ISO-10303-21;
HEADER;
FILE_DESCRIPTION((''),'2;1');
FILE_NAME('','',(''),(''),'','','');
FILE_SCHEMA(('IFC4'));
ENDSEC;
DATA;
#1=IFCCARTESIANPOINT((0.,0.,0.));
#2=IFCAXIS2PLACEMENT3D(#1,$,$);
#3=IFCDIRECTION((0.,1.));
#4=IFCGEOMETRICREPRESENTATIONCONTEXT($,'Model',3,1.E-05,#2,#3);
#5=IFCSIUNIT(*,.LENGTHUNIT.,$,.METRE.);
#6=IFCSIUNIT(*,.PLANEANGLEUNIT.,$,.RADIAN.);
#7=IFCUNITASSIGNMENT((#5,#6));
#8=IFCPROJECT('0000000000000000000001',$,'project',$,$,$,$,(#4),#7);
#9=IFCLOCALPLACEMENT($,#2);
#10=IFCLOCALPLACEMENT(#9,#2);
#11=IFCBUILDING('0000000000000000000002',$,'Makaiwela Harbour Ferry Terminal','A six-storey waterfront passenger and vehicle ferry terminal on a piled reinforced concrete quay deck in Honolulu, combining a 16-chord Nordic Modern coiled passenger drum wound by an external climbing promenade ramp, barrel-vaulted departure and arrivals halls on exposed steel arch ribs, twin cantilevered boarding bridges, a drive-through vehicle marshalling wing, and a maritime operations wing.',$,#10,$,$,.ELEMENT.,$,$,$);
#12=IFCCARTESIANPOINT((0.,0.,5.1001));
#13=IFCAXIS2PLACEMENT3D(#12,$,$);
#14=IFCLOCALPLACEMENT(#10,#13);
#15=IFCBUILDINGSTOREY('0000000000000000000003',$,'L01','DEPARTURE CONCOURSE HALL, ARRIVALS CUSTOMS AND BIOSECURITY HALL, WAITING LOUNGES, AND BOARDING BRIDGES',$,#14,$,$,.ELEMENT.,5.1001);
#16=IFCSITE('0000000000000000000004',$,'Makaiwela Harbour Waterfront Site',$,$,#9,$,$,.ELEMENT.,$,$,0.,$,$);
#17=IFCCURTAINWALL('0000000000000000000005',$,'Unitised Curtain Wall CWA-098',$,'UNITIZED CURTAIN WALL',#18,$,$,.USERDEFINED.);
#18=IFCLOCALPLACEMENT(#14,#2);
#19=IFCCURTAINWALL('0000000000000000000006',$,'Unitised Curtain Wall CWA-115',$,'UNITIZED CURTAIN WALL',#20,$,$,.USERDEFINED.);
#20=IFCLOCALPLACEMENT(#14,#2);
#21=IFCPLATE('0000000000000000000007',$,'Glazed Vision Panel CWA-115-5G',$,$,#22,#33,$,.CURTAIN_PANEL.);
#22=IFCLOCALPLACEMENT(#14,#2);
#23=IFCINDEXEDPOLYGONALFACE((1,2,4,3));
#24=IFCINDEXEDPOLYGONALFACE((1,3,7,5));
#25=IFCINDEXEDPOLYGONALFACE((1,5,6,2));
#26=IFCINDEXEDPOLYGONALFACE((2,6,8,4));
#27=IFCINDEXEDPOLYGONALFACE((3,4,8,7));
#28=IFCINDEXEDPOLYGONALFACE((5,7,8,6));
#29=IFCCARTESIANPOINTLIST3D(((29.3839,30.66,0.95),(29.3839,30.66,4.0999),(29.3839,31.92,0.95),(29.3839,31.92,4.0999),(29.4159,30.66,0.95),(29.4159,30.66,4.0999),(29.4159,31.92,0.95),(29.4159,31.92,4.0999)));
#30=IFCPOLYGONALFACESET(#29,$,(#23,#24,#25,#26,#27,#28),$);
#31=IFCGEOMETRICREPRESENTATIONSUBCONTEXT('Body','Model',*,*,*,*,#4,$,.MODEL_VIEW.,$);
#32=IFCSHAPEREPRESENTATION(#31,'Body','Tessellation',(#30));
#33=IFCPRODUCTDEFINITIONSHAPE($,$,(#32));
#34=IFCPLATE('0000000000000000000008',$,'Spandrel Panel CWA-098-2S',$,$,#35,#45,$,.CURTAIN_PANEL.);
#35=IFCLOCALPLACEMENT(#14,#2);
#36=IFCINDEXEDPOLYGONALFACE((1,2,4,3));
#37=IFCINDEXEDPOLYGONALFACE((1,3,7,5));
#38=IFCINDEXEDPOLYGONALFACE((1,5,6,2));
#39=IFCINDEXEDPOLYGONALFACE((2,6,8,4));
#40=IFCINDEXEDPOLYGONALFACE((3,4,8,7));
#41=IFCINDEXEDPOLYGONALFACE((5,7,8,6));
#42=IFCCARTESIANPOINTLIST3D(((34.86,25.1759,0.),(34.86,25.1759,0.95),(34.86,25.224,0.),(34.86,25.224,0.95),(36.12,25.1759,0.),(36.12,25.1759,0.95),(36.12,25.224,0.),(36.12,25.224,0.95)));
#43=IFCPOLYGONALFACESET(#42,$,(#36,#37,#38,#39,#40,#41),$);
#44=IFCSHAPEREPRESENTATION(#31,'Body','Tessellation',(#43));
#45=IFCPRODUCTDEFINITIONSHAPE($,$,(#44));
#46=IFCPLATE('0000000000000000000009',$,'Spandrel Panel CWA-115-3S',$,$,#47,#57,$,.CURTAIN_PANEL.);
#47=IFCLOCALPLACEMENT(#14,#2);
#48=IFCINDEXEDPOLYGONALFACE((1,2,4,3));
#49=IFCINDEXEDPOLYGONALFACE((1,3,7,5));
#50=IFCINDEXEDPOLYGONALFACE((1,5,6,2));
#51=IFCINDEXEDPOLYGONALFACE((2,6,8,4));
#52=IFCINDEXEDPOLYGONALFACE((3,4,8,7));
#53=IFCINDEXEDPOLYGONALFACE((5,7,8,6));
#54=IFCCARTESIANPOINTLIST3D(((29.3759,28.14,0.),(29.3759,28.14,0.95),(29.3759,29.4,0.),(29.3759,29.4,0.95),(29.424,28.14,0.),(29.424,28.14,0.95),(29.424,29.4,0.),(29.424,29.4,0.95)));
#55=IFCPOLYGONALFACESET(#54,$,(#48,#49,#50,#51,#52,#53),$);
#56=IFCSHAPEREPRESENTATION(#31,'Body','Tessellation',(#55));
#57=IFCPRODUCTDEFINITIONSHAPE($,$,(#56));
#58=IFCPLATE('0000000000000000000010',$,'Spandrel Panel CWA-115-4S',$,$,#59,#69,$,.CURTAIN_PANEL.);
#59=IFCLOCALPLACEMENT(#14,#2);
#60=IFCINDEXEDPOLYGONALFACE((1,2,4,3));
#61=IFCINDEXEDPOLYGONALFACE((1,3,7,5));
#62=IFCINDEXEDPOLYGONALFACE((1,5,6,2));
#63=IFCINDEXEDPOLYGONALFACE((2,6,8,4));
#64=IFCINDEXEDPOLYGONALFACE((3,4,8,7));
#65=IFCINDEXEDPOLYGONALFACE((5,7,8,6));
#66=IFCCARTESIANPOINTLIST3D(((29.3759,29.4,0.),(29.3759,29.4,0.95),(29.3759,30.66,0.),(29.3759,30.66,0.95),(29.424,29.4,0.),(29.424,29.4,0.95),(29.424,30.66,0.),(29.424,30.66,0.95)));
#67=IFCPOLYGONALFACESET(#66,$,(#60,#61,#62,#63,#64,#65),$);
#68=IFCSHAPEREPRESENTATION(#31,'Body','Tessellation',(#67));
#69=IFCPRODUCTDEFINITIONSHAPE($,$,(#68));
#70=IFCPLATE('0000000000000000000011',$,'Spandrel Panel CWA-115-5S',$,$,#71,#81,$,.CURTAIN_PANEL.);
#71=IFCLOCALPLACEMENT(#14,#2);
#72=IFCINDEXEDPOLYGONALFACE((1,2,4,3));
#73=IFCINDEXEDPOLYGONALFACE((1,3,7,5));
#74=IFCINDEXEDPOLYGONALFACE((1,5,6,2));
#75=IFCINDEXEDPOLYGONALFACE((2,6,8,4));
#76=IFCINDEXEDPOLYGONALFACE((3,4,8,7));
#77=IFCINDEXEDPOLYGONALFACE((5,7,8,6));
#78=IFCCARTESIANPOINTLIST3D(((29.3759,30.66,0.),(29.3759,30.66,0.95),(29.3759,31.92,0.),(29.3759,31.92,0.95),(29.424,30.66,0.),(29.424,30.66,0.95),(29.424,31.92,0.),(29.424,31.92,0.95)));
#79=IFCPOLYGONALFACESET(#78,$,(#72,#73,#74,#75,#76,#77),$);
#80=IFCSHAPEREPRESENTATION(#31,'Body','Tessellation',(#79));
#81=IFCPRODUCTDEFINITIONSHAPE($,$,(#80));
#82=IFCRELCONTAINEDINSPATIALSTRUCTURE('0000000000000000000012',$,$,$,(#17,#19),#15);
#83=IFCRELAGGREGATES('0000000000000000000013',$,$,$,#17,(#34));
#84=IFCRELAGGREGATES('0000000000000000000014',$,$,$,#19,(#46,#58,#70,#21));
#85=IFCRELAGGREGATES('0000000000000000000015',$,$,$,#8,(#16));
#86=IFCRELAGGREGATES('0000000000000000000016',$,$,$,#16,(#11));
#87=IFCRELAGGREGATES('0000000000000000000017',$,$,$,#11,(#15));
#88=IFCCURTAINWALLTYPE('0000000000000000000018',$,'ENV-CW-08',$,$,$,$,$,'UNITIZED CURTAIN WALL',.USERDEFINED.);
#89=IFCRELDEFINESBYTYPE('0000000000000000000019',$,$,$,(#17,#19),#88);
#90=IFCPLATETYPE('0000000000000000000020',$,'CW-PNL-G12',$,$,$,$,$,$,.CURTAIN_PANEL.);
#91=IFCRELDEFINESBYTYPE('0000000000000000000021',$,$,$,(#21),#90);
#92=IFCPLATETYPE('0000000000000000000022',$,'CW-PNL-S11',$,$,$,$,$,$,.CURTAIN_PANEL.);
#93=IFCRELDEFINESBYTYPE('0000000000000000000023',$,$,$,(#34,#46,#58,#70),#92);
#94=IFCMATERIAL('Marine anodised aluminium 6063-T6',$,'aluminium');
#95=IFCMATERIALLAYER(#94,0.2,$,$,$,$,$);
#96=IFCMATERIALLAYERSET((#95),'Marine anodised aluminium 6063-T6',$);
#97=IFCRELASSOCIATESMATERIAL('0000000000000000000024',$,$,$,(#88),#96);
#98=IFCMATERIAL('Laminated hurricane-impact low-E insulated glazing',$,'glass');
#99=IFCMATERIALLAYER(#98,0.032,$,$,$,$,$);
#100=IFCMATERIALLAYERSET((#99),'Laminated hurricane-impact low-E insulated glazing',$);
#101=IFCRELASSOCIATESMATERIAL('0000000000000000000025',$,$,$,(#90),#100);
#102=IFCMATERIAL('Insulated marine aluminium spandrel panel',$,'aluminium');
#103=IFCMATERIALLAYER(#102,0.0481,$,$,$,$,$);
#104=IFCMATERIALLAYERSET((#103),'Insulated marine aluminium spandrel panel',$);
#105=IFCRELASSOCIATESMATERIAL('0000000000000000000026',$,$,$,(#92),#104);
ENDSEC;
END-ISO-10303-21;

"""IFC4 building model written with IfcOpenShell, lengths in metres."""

from ifc_helpers import new_model, si_unit, direction, frame, origin, origin_2d, place, context, subcontext, project, spatial, rectangle, extrude, material, layer, layer_set, type_object, element, aggregate, save


model = new_model("IFC4")

# Units and contexts
model_context = context("Model", 3, precision=1e-05, world=origin(), true_north=direction((0.0, 1.0)))
body_context = subcontext(model_context, "Body", "Model", "MODEL_VIEW")
ifc_project = project(units=[si_unit("LENGTHUNIT", "METRE"), si_unit("PLANEANGLEUNIT", "RADIAN")], contexts=[model_context])

# Site, building, storey
site_placement = place(None, origin())
site = spatial("IfcSite", under=ifc_project, at=site_placement, Name="Makaiwela Harbour Waterfront Site", CompositionType="ELEMENT", RefElevation=0.0)
building_placement = place(site_placement, origin())
building = spatial("IfcBuilding", under=site, at=building_placement, Name="Makaiwela Harbour Ferry Terminal", Description="A six-storey waterfront passenger and vehicle ferry terminal on a piled reinforced concrete quay deck in Honolulu, combining a 16-chord Nordic Modern coiled passenger drum wound by an external climbing promenade ramp, barrel-vaulted departure and arrivals halls on exposed steel arch ribs, twin cantilevered boarding bridges, a drive-through vehicle marshalling wing, and a maritime operations wing.", CompositionType="ELEMENT")
storey_placement = place(building_placement, frame((0.0, 0.0, 5.1001)))
storey = spatial("IfcBuildingStorey", under=building, at=storey_placement, Name="L01", Description="DEPARTURE CONCOURSE HALL, ARRIVALS CUSTOMS AND BIOSECURITY HALL, WAITING LOUNGES, AND BOARDING BRIDGES", CompositionType="ELEMENT", Elevation=5.1001)

# Curtain wall
ifc_material_1 = material(Name="Marine anodised aluminium 6063-T6", Category="aluminium")
ifc_layer_1 = layer(ifc_material_1, 0.2)
ifc_layer_set_1 = layer_set([ifc_layer_1], Name="Marine anodised aluminium 6063-T6")
curtain_wall_type = type_object("IfcCurtainWallType", Name="ENV-CW-08", ElementType="UNITIZED CURTAIN WALL", PredefinedType="USERDEFINED", material=ifc_layer_set_1)
curtain_wall_1_placement = place(storey_placement, origin())
curtain_wall_1 = element("IfcCurtainWall", 1, at=curtain_wall_1_placement, inside=storey, type_object=curtain_wall_type, Name="Unitised Curtain Wall CWA-098", ObjectType="UNITIZED CURTAIN WALL", PredefinedType="USERDEFINED")

# Curtain wall
curtain_wall_2_placement = place(storey_placement, origin())
curtain_wall_2 = element("IfcCurtainWall", 2, at=curtain_wall_2_placement, inside=storey, type_object=curtain_wall_type, Name="Unitised Curtain Wall CWA-115", ObjectType="UNITIZED CURTAIN WALL", PredefinedType="USERDEFINED")

# Plates
ifc_material_2 = material(Name="Laminated hurricane-impact low-E insulated glazing", Category="glass")
ifc_layer_2 = layer(ifc_material_2, 0.032)
ifc_layer_set_2 = layer_set([ifc_layer_2], Name="Laminated hurricane-impact low-E insulated glazing")
plate_type_1 = type_object("IfcPlateType", Name="CW-PNL-G12", PredefinedType="CURTAIN_PANEL", material=ifc_layer_set_2)
plate_1_placement = place(storey_placement, frame((29.3999, 31.29, 0.95), z_axis=(0.0, 0.0, 1.0), x_axis=(0.0, 1.0, 0.0)))
plate_1 = element("IfcPlate", 3, at=plate_1_placement, type_object=plate_type_1, Name="Glazed Vision Panel CWA-115-5G", PredefinedType="CURTAIN_PANEL", context=body_context, shape_type="SweptSolid", body=[
    extrude(rectangle(XDim=1.26, YDim=0.032, at=origin_2d()), origin(), (0.0, 0.0, 1.0), 3.1499),
])
ifc_material_3 = material(Name="Insulated marine aluminium spandrel panel", Category="aluminium")
ifc_layer_3 = layer(ifc_material_3, 0.0481)
ifc_layer_set_3 = layer_set([ifc_layer_3], Name="Insulated marine aluminium spandrel panel")
plate_type_2 = type_object("IfcPlateType", Name="CW-PNL-S11", PredefinedType="CURTAIN_PANEL", material=ifc_layer_set_3)
plate_2_placement = place(storey_placement, frame((35.49, 25.2, 0.0), z_axis=(0.0, 0.0, 1.0), x_axis=(-1.0, 0.0, 0.0)))
plate_2 = element("IfcPlate", 4, at=plate_2_placement, type_object=plate_type_2, Name="Spandrel Panel CWA-098-2S", PredefinedType="CURTAIN_PANEL", context=body_context, shape_type="SweptSolid", body=[
    extrude(rectangle(XDim=1.26, YDim=0.0481, at=origin_2d()), origin(), (0.0, 0.0, 1.0), 0.95),
])
aggregate(curtain_wall_1, [plate_2])
plate_3_placement = place(storey_placement, frame((29.3999, 28.77, 0.0), z_axis=(0.0, 0.0, 1.0), x_axis=(0.0, 1.0, 0.0)))
plate_3 = element("IfcPlate", 5, at=plate_3_placement, type_object=plate_type_2, Name="Spandrel Panel CWA-115-3S", PredefinedType="CURTAIN_PANEL", context=body_context, shape_type="SweptSolid", body=[
    extrude(rectangle(XDim=1.26, YDim=0.0481, at=origin_2d()), origin(), (0.0, 0.0, 1.0), 0.95),
])
plate_4_placement = place(storey_placement, frame((29.3999, 30.03, 0.0), z_axis=(0.0, 0.0, 1.0), x_axis=(0.0, 1.0, 0.0)))
plate_4 = element("IfcPlate", 6, at=plate_4_placement, type_object=plate_type_2, Name="Spandrel Panel CWA-115-4S", PredefinedType="CURTAIN_PANEL", context=body_context, shape_type="SweptSolid", body=[
    extrude(rectangle(XDim=1.26, YDim=0.0481, at=origin_2d()), origin(), (0.0, 0.0, 1.0), 0.95),
])
plate_5_placement = place(storey_placement, frame((29.3999, 31.29, 0.0), z_axis=(0.0, 0.0, 1.0), x_axis=(0.0, 1.0, 0.0)))
plate_5 = element("IfcPlate", 7, at=plate_5_placement, type_object=plate_type_2, Name="Spandrel Panel CWA-115-5S", PredefinedType="CURTAIN_PANEL", context=body_context, shape_type="SweptSolid", body=[
    extrude(rectangle(XDim=1.26, YDim=0.0481, at=origin_2d()), origin(), (0.0, 0.0, 1.0), 0.95),
])
aggregate(curtain_wall_2, [plate_3, plate_4, plate_5, plate_1])

save(model, "model.ifc")
